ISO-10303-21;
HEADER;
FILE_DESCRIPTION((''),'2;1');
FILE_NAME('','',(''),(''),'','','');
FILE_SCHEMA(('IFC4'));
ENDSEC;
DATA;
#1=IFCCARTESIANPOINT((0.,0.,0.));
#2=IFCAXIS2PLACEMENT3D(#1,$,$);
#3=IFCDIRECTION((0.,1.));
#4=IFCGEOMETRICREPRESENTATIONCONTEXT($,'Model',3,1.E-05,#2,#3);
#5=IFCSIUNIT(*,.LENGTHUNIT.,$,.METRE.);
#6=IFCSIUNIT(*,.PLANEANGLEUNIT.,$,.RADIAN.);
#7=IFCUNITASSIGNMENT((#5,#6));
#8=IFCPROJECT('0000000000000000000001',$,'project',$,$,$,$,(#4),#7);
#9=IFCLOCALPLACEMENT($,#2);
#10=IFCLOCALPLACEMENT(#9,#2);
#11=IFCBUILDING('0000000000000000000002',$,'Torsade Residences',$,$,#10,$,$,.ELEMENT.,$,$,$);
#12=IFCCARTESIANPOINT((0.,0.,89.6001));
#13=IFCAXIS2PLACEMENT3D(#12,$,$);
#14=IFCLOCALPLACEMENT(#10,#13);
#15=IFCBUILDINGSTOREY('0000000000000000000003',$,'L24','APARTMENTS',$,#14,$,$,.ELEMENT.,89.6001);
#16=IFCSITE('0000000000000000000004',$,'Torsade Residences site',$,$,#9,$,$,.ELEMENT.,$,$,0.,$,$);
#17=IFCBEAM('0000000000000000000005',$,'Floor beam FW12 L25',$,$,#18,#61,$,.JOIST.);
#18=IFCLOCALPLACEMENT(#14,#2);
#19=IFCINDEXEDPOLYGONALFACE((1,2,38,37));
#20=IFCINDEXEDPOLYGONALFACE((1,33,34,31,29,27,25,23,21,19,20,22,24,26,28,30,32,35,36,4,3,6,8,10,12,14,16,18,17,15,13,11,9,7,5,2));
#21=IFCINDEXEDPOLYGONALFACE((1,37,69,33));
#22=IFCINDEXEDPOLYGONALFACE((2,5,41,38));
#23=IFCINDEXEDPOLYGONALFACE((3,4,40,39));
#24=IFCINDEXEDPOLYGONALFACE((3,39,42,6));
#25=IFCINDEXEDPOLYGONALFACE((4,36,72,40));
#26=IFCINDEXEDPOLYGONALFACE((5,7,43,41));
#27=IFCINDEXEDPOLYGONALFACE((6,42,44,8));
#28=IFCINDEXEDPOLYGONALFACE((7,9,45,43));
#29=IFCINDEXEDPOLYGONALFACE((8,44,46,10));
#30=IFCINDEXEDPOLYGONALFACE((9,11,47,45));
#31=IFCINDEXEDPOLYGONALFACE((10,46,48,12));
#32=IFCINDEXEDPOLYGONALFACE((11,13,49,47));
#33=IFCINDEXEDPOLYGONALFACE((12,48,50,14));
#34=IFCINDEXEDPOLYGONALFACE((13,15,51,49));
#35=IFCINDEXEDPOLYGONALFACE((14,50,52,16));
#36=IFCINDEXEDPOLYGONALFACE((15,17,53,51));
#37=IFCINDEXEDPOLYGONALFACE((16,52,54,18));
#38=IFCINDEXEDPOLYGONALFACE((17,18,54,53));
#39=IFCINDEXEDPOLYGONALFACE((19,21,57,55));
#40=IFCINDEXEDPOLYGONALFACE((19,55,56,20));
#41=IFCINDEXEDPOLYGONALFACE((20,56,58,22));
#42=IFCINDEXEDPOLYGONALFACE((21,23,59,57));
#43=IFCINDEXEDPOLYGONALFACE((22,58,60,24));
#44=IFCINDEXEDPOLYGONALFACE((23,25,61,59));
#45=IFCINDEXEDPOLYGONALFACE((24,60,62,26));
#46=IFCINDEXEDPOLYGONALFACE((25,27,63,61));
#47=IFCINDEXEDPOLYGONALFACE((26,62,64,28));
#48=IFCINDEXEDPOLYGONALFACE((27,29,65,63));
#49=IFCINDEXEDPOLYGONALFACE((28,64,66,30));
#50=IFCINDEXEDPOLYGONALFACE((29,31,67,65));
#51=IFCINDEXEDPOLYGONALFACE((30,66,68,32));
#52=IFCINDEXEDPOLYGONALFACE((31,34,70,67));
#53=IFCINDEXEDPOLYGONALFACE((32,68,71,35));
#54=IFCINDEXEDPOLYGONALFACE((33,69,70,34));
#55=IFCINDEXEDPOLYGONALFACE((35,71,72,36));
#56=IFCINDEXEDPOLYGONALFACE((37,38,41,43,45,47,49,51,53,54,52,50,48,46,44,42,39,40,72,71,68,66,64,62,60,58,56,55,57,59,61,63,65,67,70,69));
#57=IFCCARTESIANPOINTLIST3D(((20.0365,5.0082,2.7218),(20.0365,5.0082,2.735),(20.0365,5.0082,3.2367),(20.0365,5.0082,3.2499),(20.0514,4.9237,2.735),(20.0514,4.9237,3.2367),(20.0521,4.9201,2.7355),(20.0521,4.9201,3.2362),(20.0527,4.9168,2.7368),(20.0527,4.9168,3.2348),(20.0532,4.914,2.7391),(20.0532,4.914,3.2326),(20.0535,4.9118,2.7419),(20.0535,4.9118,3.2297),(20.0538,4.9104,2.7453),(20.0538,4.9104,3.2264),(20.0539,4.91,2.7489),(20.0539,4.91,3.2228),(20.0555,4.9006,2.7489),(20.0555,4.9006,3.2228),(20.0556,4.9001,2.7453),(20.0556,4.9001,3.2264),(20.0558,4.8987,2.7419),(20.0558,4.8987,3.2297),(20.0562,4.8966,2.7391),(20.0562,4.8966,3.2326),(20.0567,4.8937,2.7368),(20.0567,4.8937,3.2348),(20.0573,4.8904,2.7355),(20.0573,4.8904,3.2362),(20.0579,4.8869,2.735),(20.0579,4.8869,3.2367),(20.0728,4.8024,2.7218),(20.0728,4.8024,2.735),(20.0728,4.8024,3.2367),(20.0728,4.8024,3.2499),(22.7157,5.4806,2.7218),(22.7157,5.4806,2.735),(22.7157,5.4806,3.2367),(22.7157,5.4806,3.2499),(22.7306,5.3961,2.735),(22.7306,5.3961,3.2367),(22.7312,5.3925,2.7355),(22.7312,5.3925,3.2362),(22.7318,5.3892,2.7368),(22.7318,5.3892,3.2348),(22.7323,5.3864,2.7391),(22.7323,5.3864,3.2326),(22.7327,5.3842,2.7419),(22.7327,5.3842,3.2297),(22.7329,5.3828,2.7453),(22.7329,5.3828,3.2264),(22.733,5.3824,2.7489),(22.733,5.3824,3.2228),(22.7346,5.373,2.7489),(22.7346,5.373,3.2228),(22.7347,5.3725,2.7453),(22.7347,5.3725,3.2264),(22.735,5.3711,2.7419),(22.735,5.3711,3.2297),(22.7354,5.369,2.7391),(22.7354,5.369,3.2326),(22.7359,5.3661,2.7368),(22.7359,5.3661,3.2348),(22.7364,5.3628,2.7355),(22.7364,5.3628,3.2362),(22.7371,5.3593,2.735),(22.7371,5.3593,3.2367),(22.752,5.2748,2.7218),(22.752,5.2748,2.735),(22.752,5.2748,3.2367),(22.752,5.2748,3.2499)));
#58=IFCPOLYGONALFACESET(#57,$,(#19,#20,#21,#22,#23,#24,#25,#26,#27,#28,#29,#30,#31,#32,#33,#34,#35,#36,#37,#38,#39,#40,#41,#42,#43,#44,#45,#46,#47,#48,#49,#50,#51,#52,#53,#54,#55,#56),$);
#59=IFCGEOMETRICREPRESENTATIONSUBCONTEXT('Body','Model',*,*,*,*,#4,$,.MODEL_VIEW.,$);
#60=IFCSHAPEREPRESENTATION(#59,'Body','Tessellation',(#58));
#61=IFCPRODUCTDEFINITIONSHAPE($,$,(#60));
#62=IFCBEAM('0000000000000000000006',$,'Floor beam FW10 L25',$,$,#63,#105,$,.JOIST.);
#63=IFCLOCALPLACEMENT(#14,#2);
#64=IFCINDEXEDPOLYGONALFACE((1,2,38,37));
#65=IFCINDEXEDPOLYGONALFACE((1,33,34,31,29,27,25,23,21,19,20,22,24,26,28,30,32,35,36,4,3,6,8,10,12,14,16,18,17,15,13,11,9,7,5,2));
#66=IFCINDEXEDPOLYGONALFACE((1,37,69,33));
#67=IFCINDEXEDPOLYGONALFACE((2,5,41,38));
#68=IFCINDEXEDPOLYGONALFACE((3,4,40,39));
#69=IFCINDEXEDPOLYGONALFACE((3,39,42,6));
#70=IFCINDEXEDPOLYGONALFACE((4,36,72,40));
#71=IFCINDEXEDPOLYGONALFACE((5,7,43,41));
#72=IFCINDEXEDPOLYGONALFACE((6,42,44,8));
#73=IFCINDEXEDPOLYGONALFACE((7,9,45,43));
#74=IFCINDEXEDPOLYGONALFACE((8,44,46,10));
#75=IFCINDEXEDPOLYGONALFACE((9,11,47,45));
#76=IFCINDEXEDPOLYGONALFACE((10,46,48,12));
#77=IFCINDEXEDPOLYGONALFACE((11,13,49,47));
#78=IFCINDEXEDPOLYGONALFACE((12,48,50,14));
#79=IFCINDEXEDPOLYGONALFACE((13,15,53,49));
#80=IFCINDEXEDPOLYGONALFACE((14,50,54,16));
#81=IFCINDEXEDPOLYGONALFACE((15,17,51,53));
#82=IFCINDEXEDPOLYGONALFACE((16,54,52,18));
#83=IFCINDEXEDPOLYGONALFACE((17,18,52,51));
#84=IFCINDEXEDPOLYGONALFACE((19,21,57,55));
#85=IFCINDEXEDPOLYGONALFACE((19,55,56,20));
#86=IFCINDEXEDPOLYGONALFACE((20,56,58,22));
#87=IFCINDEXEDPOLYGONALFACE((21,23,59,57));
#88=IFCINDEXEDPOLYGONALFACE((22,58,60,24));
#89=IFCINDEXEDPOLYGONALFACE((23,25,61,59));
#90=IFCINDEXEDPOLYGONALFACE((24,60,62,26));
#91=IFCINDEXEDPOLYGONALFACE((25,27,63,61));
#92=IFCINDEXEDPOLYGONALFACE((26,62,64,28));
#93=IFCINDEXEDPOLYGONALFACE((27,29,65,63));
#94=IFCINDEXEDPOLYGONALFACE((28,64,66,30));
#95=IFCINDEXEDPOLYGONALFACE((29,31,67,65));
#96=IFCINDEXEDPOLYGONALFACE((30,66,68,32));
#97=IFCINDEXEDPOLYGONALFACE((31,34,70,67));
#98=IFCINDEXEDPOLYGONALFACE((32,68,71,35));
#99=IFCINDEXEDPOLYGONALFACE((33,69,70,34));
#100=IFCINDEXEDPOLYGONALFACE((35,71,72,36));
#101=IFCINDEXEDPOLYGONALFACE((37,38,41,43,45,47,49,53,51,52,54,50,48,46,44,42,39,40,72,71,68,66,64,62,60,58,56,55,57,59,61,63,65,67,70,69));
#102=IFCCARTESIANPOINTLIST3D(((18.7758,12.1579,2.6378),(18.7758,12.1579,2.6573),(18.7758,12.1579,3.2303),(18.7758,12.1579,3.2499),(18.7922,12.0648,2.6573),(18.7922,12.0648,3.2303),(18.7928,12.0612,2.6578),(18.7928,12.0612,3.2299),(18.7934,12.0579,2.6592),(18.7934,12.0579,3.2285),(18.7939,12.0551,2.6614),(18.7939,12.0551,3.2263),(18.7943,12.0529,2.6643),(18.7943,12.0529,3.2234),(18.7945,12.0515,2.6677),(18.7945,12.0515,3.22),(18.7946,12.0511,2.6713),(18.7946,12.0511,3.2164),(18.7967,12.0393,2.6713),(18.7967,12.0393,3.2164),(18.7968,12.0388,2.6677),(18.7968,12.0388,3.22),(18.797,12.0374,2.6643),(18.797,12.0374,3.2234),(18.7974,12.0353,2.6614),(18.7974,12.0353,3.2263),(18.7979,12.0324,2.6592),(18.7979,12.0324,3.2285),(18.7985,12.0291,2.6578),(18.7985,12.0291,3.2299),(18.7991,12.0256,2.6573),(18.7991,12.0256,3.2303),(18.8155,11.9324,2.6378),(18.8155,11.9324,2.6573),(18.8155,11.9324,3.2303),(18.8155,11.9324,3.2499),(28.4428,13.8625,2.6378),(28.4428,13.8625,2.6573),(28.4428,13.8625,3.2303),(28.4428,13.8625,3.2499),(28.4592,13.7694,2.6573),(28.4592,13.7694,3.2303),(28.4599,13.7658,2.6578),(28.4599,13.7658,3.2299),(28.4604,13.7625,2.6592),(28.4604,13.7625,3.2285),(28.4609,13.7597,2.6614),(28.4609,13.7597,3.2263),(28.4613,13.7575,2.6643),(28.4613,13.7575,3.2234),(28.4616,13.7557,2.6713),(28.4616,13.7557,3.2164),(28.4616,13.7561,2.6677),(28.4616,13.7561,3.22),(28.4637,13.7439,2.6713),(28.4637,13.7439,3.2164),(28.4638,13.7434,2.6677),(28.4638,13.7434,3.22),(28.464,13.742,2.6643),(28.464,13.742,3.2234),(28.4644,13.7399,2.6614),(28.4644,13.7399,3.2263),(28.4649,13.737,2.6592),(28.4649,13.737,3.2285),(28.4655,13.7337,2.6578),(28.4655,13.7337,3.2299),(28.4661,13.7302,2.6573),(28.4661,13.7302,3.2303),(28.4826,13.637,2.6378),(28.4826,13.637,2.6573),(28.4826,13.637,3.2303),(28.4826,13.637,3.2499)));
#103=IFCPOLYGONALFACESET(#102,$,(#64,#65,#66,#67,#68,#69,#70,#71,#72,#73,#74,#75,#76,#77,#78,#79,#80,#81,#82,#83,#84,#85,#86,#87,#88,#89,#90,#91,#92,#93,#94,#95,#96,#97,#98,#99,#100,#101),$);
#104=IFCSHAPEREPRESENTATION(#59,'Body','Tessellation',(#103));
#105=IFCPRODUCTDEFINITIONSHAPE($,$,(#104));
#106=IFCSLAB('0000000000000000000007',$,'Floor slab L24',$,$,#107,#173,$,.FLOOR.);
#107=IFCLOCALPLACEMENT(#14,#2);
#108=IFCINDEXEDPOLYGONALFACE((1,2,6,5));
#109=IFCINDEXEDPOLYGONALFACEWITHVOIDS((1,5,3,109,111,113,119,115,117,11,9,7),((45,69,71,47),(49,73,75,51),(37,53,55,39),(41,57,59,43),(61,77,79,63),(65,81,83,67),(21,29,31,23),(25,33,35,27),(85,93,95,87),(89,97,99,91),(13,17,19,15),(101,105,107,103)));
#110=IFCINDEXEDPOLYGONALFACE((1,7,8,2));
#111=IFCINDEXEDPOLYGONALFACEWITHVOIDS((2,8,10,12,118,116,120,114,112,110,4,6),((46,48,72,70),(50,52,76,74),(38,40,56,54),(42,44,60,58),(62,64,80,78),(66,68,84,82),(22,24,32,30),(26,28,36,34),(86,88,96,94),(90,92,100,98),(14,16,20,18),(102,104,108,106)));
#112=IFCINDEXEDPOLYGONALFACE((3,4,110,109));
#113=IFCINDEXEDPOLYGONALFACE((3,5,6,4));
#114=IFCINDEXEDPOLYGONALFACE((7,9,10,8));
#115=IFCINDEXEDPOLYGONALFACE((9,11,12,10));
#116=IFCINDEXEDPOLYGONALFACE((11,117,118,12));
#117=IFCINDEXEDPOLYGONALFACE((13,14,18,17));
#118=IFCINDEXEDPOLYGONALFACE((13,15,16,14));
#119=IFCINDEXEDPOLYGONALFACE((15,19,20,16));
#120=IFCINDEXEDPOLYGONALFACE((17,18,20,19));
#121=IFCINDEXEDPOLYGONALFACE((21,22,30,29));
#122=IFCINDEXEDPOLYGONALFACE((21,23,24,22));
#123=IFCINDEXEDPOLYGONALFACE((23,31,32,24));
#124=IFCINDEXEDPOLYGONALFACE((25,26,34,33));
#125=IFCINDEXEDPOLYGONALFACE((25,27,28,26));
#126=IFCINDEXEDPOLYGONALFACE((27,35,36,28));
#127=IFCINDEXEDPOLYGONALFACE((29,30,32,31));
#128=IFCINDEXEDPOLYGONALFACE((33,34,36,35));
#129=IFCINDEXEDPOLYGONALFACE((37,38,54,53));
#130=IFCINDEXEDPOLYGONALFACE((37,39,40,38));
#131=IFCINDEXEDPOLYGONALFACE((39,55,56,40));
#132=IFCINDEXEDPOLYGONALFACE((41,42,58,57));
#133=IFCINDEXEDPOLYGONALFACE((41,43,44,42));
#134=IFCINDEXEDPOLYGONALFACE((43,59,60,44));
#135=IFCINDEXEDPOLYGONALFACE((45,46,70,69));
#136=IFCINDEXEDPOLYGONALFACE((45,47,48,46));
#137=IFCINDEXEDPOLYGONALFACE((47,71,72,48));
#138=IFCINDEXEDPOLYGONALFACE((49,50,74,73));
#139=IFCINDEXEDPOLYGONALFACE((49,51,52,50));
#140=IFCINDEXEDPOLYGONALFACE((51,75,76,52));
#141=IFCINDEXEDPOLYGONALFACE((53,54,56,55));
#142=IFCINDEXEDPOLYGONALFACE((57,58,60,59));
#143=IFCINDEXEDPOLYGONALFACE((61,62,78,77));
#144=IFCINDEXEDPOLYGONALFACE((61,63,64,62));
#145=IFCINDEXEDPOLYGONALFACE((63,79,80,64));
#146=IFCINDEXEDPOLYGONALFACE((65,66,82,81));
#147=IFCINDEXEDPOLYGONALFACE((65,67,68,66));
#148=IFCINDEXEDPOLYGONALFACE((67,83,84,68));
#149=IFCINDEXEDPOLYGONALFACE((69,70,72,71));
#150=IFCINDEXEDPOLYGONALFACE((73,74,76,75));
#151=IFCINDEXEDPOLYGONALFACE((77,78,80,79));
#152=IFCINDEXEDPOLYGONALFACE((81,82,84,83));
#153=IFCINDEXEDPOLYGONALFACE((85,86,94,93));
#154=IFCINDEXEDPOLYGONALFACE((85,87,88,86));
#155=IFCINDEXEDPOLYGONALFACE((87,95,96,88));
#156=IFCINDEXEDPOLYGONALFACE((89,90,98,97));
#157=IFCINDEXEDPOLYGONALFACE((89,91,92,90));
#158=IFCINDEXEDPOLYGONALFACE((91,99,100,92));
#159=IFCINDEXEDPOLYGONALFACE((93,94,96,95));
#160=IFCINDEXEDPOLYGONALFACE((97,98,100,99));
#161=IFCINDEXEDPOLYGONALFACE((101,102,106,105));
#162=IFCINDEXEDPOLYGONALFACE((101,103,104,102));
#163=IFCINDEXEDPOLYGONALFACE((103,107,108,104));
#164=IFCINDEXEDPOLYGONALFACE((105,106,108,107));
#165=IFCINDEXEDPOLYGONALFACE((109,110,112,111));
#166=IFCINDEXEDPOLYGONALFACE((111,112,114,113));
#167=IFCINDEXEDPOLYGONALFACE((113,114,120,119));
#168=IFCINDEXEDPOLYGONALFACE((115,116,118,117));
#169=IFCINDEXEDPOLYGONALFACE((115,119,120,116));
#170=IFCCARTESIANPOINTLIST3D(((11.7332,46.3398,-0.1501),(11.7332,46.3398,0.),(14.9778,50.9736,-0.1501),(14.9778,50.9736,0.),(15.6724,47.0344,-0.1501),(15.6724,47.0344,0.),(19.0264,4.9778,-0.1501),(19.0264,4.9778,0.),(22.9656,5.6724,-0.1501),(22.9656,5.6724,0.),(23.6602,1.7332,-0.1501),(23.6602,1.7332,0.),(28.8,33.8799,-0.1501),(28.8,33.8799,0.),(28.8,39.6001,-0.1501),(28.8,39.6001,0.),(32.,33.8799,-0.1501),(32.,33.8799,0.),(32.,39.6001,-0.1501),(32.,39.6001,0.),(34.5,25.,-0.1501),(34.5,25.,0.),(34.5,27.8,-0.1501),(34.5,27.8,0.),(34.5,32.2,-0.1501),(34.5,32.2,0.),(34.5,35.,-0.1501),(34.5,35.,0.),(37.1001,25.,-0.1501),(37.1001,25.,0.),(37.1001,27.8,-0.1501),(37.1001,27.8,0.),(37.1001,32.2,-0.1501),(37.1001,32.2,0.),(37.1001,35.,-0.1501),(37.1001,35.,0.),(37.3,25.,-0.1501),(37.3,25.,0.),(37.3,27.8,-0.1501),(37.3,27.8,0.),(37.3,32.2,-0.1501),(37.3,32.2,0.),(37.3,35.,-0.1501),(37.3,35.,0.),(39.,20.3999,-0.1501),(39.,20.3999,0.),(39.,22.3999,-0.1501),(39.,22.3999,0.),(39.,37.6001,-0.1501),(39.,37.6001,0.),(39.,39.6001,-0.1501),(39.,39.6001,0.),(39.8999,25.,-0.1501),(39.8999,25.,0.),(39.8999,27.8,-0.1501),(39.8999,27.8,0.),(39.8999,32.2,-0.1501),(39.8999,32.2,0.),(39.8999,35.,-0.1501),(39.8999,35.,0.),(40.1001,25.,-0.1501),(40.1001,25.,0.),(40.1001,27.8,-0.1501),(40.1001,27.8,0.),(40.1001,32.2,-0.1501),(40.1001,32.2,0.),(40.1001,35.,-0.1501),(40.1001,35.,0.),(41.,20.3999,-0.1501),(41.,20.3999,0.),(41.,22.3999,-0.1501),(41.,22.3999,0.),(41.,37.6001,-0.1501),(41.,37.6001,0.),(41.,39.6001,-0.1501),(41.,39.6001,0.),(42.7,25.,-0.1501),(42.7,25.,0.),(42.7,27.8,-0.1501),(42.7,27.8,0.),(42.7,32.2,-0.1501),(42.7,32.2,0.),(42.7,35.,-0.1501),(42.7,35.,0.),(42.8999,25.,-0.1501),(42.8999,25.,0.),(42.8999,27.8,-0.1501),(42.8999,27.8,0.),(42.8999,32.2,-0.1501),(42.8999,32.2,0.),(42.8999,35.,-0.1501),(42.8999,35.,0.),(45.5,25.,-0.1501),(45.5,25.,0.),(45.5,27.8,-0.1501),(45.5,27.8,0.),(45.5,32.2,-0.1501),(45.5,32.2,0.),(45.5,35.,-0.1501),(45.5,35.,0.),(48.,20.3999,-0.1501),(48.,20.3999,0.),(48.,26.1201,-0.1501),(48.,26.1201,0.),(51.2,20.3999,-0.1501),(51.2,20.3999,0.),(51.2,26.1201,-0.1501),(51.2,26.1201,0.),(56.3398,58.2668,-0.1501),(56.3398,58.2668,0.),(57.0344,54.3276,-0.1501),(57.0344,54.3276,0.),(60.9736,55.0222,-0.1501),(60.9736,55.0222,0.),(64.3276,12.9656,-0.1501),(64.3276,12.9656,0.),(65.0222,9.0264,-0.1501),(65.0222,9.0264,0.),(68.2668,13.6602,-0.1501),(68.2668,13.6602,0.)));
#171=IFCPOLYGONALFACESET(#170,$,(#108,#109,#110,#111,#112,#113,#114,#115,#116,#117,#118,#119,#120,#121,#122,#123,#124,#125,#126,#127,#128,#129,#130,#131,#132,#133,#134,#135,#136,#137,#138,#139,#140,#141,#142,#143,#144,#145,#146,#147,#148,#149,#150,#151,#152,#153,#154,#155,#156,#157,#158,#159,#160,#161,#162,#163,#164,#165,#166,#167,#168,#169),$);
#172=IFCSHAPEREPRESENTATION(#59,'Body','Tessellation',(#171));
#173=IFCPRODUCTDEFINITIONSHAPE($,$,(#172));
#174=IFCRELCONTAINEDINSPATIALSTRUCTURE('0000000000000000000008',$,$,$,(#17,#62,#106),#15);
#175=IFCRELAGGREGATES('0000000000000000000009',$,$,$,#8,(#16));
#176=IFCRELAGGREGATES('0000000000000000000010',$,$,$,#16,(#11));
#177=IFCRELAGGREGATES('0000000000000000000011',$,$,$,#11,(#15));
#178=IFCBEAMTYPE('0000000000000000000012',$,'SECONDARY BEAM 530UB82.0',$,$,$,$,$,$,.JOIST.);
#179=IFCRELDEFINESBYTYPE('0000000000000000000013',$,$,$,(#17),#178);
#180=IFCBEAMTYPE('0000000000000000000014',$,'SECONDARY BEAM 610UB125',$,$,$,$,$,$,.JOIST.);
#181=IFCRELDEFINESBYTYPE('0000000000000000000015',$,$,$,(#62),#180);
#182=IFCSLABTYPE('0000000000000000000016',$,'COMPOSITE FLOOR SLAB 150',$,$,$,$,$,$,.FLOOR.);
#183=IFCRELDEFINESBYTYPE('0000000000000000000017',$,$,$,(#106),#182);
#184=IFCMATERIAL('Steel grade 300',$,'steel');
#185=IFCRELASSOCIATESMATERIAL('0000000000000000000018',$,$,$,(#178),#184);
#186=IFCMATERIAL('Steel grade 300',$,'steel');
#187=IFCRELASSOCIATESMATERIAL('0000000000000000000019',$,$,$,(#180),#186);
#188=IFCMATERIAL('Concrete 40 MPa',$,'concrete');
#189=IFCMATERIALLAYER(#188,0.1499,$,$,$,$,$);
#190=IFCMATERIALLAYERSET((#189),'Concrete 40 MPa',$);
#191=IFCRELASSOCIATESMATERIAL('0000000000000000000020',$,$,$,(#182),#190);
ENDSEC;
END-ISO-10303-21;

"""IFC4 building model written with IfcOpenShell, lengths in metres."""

from ifc_helpers import new_model, si_unit, direction, frame, origin, origin_2d, place, context, subcontext, project, spatial, polyline, i_section, outline, extrude, material, layer, layer_set, material_profile, profile_set, type_object, element, save


model = new_model("IFC4")

# Units and contexts
model_context = context("Model", 3, precision=1e-05, world=origin(), true_north=direction((0.0, 1.0)))
body_context = subcontext(model_context, "Body", "Model", "MODEL_VIEW")
ifc_project = project(units=[si_unit("LENGTHUNIT", "METRE"), si_unit("PLANEANGLEUNIT", "RADIAN")], contexts=[model_context])

# Site, building, storey
site_placement = place(None, origin())
site = spatial("IfcSite", under=ifc_project, at=site_placement, Name="Torsade Residences site", CompositionType="ELEMENT", RefElevation=0.0)
building_placement = place(site_placement, origin())
building = spatial("IfcBuilding", under=site, at=building_placement, Name="Torsade Residences", CompositionType="ELEMENT")
storey_placement = place(building_placement, frame((0.0, 0.0, 89.6001)))
storey = spatial("IfcBuildingStorey", under=building, at=storey_placement, Name="L24", Description="APARTMENTS", CompositionType="ELEMENT", Elevation=89.6001)

# Beams
ifc_material_1 = material(Name="Steel grade 300", Category="steel")
ifc_material_profile_1 = material_profile(ifc_material_1, i_section(OverallWidth=0.209, OverallDepth=0.5281, WebThickness=0.0095, FlangeThickness=0.0132, FilletRadius=0.0139, at=origin_2d()), Name="530UB82.0")
ifc_profile_set_1 = profile_set([ifc_material_profile_1], Name="Steel grade 300")
beam_type_1 = type_object("IfcBeamType", Name="SECONDARY BEAM 530UB82.0", PredefinedType="JOIST", material=ifc_profile_set_1)
beam_1_placement = place(storey_placement, frame((20.0547, 4.9053, 2.9858), z_axis=(0.984808, 0.173647, 0.0), x_axis=(-0.173647, 0.984808, 0.0)))
element("IfcBeam", 1, at=beam_1_placement, inside=storey, type_object=beam_type_1, Name="Floor beam FW12 L25", PredefinedType="JOIST", context=body_context, shape_type="SweptSolid", body=[
    extrude(i_section(OverallWidth=0.209, OverallDepth=0.5281, WebThickness=0.0095, FlangeThickness=0.0132, FilletRadius=0.0139, at=origin_2d()), origin(), (0.0, 0.0, 1.0), 2.7205),
])
ifc_material_2 = material(Name="Steel grade 300", Category="steel")
ifc_material_profile_2 = material_profile(ifc_material_2, i_section(OverallWidth=0.229, OverallDepth=0.6121, WebThickness=0.012, FlangeThickness=0.0195, FilletRadius=0.0139, at=origin_2d()), Name="610UB125")
ifc_profile_set_2 = profile_set([ifc_material_profile_2], Name="Steel grade 300")
beam_type_2 = type_object("IfcBeamType", Name="SECONDARY BEAM 610UB125", PredefinedType="JOIST", material=ifc_profile_set_2)
beam_2_placement = place(storey_placement, frame((18.7957, 12.0452, 2.9438), z_axis=(0.984807, 0.173652, 0.0), x_axis=(-0.173652, 0.984807, 0.0)))
element("IfcBeam", 2, at=beam_2_placement, inside=storey, type_object=beam_type_2, Name="Floor beam FW10 L25", PredefinedType="JOIST", context=body_context, shape_type="SweptSolid", body=[
    extrude(i_section(OverallWidth=0.229, OverallDepth=0.6121, WebThickness=0.012, FlangeThickness=0.0195, FilletRadius=0.0139, at=origin_2d()), origin(), (0.0, 0.0, 1.0), 9.8162),
])

# Slab
ifc_material_3 = material(Name="Concrete 40 MPa", Category="concrete")
ifc_layer_1 = layer(ifc_material_3, 0.1499)
ifc_layer_set_1 = layer_set([ifc_layer_1], Name="Concrete 40 MPa")
slab_type_1 = type_object("IfcSlabType", Name="COMPOSITE FLOOR SLAB 150", PredefinedType="FLOOR", material=ifc_layer_set_1)
slab_1_placement = place(storey_placement, frame((0.0, 0.0, -0.1501)))
element("IfcSlab", 3, at=slab_1_placement, inside=storey, type_object=slab_type_1, Name="Floor slab L24", PredefinedType="FLOOR", context=body_context, shape_type="SweptSolid", body=[
    extrude(outline(polyline([(23.6602, 1.7332), (65.0222, 9.0264), (64.3276, 12.9656), (68.2668, 13.6602), (60.9736, 55.0222), (57.0344, 54.3276), (56.3398, 58.2668), (14.9778, 50.9736), (15.6724, 47.0344), (11.7332, 46.3398), (19.0264, 4.9778), (22.9656, 5.6724), (23.6602, 1.7332)]), holes=[polyline([(51.2, 20.3999), (51.2, 26.1201), (48.0, 26.1201), (48.0, 20.3999), (51.2, 20.3999)]), polyline([(45.5, 27.8), (42.8999, 27.8), (42.8999, 25.0), (45.5, 25.0), (45.5, 27.8)]), polyline([(45.5, 32.2), (45.5, 35.0), (42.8999, 35.0), (42.8999, 32.2), (45.5, 32.2)]), polyline([(42.7, 25.0), (42.7, 27.8), (40.1001, 27.8), (40.1001, 25.0), (42.7, 25.0)]), polyline([(42.7, 32.2), (42.7, 35.0), (40.1001, 35.0), (40.1001, 32.2), (42.7, 32.2)]), polyline([(41.0, 22.3999), (39.0, 22.3999), (39.0, 20.3999), (41.0, 20.3999), (41.0, 22.3999)]), polyline([(41.0, 37.6001), (41.0, 39.6001), (39.0, 39.6001), (39.0, 37.6001), (41.0, 37.6001)]), polyline([(39.8999, 25.0), (39.8999, 27.8), (37.3, 27.8), (37.3, 25.0), (39.8999, 25.0)]), polyline([(39.8999, 35.0), (37.3, 35.0), (37.3, 32.2), (39.8999, 32.2), (39.8999, 35.0)]), polyline([(37.1001, 27.8), (34.5, 27.8), (34.5, 25.0), (37.1001, 25.0), (37.1001, 27.8)]), polyline([(37.1001, 32.2), (37.1001, 35.0), (34.5, 35.0), (34.5, 32.2), (37.1001, 32.2)]), polyline([(32.0, 33.8799), (32.0, 39.6001), (28.8, 39.6001), (28.8, 33.8799), (32.0, 33.8799)])]), origin(), (0.0, 0.0, 1.0), 0.1501),
])

save(model, "model.ifc")
